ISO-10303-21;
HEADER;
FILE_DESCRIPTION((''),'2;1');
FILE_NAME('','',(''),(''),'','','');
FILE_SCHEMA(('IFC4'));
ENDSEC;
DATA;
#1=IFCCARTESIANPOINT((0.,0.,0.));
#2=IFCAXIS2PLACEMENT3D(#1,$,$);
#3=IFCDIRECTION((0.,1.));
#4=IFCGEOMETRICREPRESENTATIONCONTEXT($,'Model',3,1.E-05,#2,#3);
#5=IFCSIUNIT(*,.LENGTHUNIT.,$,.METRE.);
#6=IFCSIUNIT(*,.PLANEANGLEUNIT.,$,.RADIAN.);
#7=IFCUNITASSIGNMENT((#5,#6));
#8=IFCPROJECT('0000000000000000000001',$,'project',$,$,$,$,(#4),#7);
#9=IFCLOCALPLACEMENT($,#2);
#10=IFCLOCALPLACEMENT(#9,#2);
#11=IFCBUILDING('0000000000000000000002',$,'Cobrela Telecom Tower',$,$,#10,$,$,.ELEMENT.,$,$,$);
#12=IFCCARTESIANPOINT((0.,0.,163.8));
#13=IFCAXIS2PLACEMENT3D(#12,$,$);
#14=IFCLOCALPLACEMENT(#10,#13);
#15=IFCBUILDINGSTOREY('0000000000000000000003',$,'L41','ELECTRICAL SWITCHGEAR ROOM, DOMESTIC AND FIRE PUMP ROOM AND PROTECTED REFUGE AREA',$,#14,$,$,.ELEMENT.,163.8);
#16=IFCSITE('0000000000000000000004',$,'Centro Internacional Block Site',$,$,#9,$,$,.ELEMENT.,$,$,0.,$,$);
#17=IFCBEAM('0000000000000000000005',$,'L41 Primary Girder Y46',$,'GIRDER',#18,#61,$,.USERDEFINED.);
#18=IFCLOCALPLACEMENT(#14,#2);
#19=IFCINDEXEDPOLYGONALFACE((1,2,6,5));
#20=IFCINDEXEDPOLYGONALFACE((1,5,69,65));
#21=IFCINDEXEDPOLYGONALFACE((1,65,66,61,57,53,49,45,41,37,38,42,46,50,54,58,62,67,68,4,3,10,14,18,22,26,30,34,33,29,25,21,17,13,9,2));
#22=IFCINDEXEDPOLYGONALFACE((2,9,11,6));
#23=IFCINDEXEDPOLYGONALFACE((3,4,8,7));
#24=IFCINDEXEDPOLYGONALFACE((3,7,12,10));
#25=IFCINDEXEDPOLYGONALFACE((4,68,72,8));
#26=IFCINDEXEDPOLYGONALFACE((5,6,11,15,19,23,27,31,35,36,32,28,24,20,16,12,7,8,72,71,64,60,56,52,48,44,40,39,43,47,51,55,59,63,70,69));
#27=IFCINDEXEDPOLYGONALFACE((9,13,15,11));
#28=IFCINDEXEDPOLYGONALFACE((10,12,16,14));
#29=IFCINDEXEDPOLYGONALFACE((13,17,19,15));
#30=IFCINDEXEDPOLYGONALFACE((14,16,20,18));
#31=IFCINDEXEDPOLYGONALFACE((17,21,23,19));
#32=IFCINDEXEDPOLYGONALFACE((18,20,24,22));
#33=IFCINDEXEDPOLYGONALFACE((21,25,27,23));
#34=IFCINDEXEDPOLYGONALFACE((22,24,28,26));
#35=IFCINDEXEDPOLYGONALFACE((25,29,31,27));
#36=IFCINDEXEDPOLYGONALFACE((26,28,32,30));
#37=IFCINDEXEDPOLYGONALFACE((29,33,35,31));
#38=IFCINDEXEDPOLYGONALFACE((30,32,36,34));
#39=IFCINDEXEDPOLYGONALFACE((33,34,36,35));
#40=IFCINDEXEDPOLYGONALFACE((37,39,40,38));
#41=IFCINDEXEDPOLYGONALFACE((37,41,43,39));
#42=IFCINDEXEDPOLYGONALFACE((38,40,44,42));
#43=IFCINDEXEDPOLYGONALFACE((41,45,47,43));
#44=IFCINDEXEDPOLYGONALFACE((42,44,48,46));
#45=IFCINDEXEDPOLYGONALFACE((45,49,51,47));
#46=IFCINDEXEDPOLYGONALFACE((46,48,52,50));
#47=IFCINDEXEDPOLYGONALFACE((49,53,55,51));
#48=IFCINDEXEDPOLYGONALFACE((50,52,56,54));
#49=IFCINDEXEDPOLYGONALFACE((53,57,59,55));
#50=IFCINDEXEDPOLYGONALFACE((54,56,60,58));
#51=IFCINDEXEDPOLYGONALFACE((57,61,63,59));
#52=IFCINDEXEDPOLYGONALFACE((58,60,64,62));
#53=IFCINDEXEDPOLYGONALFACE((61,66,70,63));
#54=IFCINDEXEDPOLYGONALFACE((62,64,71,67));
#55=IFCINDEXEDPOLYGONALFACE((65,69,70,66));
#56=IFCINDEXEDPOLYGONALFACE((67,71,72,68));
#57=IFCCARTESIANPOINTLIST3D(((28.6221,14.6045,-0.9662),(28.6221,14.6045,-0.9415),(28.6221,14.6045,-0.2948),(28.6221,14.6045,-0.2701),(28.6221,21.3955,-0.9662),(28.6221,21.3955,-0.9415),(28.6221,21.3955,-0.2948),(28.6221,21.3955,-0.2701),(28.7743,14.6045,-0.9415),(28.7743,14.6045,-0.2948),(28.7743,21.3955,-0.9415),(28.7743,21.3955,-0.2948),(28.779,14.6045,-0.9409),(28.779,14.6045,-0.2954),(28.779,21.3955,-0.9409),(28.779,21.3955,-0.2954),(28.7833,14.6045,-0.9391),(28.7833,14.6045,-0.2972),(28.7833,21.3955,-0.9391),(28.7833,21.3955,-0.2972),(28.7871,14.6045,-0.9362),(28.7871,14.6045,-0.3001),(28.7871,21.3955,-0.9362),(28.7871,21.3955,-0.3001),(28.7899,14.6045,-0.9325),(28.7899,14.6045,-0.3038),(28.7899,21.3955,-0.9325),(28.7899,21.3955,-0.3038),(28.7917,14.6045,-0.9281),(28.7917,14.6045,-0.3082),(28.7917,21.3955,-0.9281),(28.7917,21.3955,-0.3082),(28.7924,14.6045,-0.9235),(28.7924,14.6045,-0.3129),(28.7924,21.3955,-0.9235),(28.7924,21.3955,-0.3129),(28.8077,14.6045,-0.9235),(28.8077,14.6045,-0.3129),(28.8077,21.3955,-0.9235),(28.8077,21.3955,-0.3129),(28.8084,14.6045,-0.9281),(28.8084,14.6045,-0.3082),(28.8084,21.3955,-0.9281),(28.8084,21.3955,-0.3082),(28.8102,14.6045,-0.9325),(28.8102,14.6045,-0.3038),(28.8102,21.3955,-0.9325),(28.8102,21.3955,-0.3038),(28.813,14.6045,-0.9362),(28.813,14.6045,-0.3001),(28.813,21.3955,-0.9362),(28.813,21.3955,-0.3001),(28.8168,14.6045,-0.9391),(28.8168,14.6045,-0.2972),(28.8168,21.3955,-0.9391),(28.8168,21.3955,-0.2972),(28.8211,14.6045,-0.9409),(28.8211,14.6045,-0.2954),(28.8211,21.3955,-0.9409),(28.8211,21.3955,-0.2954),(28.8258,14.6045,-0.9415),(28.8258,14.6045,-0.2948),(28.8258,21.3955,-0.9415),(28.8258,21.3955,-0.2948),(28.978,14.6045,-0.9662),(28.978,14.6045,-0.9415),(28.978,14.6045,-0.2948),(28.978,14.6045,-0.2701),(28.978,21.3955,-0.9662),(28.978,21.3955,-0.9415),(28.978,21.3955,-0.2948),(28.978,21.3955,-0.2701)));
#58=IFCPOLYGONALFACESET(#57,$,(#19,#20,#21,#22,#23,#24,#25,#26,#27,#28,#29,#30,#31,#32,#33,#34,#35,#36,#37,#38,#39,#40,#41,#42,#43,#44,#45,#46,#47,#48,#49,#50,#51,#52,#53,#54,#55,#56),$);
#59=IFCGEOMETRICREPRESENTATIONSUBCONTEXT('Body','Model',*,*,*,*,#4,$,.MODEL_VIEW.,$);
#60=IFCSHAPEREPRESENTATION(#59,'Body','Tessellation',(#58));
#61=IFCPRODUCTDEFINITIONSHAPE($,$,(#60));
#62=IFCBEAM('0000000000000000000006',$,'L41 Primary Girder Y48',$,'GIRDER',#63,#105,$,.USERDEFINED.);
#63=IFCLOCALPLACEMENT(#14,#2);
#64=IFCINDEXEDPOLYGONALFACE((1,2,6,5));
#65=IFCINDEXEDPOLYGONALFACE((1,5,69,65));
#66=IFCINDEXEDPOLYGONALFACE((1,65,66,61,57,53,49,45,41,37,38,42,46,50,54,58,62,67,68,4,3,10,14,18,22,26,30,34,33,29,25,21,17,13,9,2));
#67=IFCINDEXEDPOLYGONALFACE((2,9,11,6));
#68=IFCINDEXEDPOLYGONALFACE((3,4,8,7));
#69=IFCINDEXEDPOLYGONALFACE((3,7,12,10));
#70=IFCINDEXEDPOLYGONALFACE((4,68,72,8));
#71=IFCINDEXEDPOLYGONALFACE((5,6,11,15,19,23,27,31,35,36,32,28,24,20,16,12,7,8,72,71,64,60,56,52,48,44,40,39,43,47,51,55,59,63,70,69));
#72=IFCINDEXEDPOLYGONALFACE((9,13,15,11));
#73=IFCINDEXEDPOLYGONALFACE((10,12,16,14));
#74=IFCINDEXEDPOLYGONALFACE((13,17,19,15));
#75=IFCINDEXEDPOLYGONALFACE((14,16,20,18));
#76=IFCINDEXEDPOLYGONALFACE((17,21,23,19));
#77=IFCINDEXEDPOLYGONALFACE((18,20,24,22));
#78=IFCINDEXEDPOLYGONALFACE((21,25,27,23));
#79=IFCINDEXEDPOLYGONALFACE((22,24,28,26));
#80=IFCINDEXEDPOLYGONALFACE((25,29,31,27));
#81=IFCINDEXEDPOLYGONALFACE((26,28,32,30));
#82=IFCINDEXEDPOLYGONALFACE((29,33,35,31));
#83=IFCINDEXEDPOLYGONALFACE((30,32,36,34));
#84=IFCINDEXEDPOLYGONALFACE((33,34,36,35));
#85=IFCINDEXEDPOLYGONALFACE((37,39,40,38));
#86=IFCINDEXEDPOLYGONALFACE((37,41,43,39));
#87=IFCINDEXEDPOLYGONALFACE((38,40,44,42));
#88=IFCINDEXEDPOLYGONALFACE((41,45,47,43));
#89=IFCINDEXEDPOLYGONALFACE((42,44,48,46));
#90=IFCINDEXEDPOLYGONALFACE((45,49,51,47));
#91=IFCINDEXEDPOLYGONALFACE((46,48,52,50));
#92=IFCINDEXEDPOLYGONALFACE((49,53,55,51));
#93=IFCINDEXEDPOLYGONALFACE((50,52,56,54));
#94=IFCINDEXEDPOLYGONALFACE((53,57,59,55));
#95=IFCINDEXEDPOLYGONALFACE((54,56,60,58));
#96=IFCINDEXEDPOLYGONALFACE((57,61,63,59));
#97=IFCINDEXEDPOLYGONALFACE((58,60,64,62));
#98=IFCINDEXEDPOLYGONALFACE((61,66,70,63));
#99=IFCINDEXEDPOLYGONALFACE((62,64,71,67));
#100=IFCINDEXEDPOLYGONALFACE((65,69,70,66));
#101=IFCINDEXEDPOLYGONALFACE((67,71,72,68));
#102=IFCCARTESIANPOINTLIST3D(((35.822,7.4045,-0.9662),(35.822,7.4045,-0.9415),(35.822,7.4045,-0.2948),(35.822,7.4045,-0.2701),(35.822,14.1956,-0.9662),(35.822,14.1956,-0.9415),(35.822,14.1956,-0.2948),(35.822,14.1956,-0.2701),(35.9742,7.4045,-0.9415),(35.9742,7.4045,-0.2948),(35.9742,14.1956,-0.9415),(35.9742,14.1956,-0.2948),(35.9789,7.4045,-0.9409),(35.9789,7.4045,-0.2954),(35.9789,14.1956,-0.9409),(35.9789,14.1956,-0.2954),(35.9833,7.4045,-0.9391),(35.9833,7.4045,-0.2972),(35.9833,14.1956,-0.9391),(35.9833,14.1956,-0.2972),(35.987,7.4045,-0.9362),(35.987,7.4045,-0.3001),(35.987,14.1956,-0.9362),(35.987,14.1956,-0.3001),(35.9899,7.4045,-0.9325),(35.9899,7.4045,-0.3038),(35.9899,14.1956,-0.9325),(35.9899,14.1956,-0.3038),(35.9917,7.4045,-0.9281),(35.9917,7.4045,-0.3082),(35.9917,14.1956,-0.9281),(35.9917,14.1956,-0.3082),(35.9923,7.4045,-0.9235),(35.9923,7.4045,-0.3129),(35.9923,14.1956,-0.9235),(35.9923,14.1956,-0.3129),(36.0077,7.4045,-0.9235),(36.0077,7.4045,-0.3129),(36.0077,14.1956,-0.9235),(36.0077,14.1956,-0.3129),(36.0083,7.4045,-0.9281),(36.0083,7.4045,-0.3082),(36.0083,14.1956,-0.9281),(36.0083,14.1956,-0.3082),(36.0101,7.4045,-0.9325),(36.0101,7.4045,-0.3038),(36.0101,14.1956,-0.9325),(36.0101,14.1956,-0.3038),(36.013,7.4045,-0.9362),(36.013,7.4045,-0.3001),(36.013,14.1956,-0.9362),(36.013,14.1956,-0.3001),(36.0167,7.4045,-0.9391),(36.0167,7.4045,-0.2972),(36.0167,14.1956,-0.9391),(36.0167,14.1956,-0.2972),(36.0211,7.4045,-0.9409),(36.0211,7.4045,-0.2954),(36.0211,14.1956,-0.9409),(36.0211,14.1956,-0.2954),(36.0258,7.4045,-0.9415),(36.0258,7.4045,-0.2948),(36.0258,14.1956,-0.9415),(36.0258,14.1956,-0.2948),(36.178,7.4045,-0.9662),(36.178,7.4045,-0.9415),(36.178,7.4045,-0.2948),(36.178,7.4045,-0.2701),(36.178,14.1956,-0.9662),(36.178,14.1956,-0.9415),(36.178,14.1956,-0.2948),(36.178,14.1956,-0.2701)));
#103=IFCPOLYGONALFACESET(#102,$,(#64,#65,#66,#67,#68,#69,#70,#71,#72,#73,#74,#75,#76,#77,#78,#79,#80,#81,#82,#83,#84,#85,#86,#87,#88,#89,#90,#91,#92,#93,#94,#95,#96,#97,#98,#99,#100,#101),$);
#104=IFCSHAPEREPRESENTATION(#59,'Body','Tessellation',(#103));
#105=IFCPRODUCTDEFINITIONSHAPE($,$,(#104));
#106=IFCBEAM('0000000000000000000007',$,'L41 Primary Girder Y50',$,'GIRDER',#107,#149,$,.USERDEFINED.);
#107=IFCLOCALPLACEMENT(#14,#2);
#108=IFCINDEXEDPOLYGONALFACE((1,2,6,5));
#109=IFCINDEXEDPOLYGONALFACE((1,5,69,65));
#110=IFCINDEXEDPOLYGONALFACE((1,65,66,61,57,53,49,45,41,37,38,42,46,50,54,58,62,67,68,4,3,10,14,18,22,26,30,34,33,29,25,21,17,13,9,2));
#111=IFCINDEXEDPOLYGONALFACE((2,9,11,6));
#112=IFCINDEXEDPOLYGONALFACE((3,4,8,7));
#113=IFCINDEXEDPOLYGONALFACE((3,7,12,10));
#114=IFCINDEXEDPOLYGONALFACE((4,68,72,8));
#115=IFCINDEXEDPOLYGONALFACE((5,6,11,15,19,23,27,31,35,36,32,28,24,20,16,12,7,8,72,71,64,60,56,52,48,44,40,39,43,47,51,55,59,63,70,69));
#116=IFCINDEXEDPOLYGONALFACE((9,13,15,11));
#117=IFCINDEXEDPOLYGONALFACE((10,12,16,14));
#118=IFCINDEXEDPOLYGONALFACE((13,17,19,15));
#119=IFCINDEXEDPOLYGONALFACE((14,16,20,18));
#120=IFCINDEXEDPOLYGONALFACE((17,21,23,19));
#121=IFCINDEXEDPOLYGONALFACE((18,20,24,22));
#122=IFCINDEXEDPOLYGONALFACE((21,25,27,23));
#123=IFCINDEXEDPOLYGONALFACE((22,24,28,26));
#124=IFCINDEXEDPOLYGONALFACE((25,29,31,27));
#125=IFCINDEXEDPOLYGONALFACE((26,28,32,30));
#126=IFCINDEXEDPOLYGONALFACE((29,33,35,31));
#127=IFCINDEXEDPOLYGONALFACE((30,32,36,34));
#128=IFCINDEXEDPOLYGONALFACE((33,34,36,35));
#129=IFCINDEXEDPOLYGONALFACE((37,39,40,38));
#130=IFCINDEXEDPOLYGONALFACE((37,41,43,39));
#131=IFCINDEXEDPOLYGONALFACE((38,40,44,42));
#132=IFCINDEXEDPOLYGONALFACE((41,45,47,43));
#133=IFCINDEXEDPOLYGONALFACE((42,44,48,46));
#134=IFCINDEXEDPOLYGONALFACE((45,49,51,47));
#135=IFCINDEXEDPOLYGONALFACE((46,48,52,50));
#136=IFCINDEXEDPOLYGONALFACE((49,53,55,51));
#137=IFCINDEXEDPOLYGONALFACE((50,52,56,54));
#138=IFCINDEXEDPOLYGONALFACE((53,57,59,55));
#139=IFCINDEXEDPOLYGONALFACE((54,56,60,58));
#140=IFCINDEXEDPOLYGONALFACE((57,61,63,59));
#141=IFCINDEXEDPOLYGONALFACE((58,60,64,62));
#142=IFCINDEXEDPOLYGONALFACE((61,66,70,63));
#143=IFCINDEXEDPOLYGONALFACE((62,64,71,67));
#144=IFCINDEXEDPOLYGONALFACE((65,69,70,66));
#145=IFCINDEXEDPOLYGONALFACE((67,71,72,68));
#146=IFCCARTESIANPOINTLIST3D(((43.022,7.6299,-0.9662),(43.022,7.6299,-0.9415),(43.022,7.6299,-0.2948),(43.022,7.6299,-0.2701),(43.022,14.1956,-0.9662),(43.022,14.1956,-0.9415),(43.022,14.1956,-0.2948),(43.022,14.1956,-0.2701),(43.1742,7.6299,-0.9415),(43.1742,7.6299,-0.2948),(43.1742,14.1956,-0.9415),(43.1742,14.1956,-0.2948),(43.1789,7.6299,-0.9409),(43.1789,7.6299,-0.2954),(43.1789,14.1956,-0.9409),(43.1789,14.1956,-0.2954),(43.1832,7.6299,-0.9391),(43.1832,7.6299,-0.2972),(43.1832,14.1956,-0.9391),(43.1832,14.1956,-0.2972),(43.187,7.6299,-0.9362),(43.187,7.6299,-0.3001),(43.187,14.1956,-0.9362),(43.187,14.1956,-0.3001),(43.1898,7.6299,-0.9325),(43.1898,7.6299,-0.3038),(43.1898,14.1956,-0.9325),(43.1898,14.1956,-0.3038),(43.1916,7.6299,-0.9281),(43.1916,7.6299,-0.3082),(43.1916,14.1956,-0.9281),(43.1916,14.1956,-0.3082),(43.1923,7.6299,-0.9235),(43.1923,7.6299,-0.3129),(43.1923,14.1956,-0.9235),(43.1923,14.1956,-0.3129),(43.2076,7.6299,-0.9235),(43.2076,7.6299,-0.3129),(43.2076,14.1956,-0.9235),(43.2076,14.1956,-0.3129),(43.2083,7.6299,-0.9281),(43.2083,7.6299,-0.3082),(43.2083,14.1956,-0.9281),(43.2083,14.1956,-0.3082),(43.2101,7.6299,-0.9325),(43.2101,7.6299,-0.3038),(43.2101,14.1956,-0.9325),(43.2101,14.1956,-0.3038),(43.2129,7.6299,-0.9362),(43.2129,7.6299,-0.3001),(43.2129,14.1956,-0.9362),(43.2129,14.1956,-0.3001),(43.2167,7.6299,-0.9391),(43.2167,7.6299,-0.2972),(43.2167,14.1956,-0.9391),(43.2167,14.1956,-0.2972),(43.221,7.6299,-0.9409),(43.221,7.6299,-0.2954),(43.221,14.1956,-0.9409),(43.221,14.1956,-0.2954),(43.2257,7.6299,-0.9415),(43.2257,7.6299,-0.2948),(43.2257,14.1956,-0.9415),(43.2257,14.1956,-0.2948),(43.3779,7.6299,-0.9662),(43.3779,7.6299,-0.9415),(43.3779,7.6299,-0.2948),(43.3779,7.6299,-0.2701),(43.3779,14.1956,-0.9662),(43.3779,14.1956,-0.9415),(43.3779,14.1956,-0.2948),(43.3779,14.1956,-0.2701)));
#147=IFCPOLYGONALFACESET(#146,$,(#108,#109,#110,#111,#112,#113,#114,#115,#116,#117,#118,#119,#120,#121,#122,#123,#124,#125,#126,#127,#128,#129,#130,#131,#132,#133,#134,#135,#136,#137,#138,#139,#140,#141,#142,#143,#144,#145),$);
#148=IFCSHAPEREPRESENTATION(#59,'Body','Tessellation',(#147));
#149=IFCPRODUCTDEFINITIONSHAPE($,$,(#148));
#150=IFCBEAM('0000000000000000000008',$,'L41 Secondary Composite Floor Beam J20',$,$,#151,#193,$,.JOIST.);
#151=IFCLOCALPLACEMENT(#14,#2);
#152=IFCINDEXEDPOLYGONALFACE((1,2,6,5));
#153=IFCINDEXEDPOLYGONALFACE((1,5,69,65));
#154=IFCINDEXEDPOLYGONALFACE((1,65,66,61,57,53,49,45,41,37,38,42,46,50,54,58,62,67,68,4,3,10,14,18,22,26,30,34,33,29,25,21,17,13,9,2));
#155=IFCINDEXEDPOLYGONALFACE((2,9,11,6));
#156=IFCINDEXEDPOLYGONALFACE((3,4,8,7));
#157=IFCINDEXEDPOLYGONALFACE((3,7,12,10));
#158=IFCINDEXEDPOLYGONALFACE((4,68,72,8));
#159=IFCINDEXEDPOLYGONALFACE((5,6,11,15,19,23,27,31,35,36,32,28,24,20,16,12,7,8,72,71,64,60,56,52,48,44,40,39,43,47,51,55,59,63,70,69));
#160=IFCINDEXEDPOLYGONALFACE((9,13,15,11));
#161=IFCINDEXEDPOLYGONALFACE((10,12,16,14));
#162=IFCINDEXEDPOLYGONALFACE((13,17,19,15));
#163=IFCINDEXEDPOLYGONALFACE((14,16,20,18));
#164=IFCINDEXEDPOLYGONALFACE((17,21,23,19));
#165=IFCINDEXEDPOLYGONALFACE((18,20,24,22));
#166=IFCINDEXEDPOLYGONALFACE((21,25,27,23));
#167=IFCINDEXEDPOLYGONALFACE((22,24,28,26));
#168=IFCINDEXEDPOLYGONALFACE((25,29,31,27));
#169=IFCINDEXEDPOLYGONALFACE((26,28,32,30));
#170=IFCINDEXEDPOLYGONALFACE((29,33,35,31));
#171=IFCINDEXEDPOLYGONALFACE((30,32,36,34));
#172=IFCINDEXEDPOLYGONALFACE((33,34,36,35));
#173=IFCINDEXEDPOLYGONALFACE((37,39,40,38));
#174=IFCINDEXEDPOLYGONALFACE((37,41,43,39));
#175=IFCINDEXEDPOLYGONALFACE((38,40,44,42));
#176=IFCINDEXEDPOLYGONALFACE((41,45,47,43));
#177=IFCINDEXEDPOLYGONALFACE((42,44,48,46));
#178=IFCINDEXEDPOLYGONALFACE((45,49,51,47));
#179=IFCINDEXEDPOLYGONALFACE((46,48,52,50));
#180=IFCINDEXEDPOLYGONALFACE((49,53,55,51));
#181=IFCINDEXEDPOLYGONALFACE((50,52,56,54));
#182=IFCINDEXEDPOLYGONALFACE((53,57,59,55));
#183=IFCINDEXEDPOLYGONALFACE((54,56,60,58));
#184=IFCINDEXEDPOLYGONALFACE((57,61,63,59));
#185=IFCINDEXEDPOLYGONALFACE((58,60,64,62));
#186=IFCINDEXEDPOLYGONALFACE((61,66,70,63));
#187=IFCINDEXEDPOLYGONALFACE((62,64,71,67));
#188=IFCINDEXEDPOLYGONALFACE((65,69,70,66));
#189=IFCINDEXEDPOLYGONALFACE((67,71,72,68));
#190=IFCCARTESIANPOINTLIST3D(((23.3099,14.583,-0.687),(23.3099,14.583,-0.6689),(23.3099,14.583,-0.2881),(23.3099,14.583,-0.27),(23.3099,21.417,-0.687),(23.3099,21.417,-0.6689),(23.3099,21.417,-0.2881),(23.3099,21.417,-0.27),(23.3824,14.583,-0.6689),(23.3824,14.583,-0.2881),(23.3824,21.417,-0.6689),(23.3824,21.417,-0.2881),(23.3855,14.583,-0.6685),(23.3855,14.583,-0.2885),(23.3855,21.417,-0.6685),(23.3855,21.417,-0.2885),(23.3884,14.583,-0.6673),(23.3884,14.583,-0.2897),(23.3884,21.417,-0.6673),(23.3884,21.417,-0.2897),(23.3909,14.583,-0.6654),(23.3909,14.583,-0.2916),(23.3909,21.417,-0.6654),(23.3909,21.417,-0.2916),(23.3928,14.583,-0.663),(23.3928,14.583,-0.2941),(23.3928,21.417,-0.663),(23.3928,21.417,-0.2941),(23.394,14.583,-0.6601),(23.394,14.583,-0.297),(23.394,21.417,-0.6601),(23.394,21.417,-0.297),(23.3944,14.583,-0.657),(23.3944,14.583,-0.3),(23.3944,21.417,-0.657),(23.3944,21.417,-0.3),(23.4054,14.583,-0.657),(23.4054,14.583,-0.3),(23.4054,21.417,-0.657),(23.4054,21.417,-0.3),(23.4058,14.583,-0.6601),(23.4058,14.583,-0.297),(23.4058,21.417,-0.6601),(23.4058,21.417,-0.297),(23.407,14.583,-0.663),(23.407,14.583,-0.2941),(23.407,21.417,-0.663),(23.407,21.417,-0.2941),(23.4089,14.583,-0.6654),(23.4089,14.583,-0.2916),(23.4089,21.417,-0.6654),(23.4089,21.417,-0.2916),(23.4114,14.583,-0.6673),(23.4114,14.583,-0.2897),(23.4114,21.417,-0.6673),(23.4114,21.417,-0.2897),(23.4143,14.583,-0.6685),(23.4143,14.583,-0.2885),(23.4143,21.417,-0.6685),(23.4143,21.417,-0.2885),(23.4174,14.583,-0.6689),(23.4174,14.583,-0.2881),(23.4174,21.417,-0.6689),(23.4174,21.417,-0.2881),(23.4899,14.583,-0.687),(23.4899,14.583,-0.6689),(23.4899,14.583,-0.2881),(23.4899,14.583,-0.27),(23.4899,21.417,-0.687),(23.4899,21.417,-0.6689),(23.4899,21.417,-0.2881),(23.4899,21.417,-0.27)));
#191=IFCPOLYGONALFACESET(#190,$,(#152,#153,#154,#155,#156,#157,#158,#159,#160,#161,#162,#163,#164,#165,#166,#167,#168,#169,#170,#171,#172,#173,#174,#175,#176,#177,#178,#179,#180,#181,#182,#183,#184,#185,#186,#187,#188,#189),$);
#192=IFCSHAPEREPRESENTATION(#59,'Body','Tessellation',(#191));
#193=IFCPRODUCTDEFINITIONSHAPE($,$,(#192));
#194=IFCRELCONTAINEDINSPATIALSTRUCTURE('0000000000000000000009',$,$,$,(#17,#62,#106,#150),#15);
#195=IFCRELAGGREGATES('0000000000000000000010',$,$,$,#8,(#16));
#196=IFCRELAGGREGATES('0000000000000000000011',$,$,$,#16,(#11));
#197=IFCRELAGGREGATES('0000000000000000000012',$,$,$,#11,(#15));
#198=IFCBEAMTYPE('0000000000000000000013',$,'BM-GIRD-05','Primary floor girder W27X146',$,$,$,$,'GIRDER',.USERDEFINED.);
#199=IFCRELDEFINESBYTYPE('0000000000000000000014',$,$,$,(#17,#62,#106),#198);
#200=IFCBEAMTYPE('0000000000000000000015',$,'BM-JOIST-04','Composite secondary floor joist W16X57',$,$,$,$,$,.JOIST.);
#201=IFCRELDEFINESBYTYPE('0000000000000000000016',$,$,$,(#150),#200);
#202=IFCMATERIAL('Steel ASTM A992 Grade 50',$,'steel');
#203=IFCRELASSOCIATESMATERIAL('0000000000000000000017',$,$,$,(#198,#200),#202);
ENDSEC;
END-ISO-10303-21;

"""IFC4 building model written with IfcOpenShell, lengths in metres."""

from ifc_helpers import new_model, si_unit, direction, frame, origin, origin_2d, place, context, subcontext, project, spatial, i_section, extrude, material, material_profile, profile_set, type_object, element, save


model = new_model("IFC4")

# Units and contexts
model_context = context("Model", 3, precision=1e-05, world=origin(), true_north=direction((0.0, 1.0)))
body_context = subcontext(model_context, "Body", "Model", "MODEL_VIEW")
ifc_project = project(units=[si_unit("LENGTHUNIT", "METRE"), si_unit("PLANEANGLEUNIT", "RADIAN")], contexts=[model_context])

# Site, building, storey
site_placement = place(None, origin())
site = spatial("IfcSite", under=ifc_project, at=site_placement, Name="Centro Internacional Block Site", CompositionType="ELEMENT", RefElevation=0.0)
building_placement = place(site_placement, origin())
building = spatial("IfcBuilding", under=site, at=building_placement, Name="Cobrela Telecom Tower", CompositionType="ELEMENT")
storey_placement = place(building_placement, frame((0.0, 0.0, 163.8)))
storey = spatial("IfcBuildingStorey", under=building, at=storey_placement, Name="L41", Description="ELECTRICAL SWITCHGEAR ROOM, DOMESTIC AND FIRE PUMP ROOM AND PROTECTED REFUGE AREA", CompositionType="ELEMENT", Elevation=163.8)

# Shared definitions
ifc_material_1 = material(Name="Steel ASTM A992 Grade 50", Category="steel")

# Beams
ifc_material_profile_1 = material_profile(ifc_material_1, i_section(OverallWidth=0.356, OverallDepth=0.696, WebThickness=0.0154, FlangeThickness=0.0247, FilletRadius=0.0181, at=origin_2d()), Name="W27X146")
ifc_profile_set_1 = profile_set([ifc_material_profile_1], Name="Steel ASTM A992 Grade 50")
beam_type_1 = type_object("IfcBeamType", Name="BM-GIRD-05", Description="Primary floor girder W27X146", ElementType="GIRDER", PredefinedType="USERDEFINED", material=ifc_profile_set_1)
for number, where, z_axis, x_axis, name in (
    (1, (28.8, 14.6045, -0.6182), (0.0, 1.0, 0.0), (-1.0, 0.0, 0.0), "L41 Primary Girder Y46"),
    (2, (36.0, 7.4045, -0.6182), (0.0, 1.0, 0.0), (-1.0, 0.0, 0.0), "L41 Primary Girder Y48"),
):
    element("IfcBeam", number, at=place(storey_placement, frame(where, z_axis=z_axis, x_axis=x_axis)), inside=storey, type_object=beam_type_1, Name=name, ObjectType="GIRDER", PredefinedType="USERDEFINED", context=body_context, shape_type="SweptSolid", body=[
        extrude(i_section(OverallWidth=0.356, OverallDepth=0.696, WebThickness=0.0154, FlangeThickness=0.0247, FilletRadius=0.0181, at=origin_2d()), origin(), (0.0, 0.0, 1.0), 6.791),
    ])
beam_1_placement = place(storey_placement, frame((43.2, 7.6299, -0.6182), z_axis=(0.0, 1.0, 0.0), x_axis=(-1.0, 0.0, 0.0)))
element("IfcBeam", 3, at=beam_1_placement, inside=storey, type_object=beam_type_1, Name="L41 Primary Girder Y50", ObjectType="GIRDER", PredefinedType="USERDEFINED", context=body_context, shape_type="SweptSolid", body=[
    extrude(i_section(OverallWidth=0.356, OverallDepth=0.696, WebThickness=0.0154, FlangeThickness=0.0247, FilletRadius=0.0181, at=origin_2d()), origin(), (0.0, 0.0, 1.0), 6.5657),
])
ifc_material_profile_2 = material_profile(ifc_material_1, i_section(OverallWidth=0.1799, OverallDepth=0.417, WebThickness=0.011, FlangeThickness=0.0181, FilletRadius=0.012, at=origin_2d()), Name="W16X57")
ifc_profile_set_2 = profile_set([ifc_material_profile_2], Name="Steel ASTM A992 Grade 50")
beam_type_2 = type_object("IfcBeamType", Name="BM-JOIST-04", Description="Composite secondary floor joist W16X57", PredefinedType="JOIST", material=ifc_profile_set_2)
for number, where, z_axis, x_axis, name in (
    (4, (23.3999, 14.583, -0.4785), (0.0, 1.0, 0.0), (-1.0, 0.0, 0.0), "L41 Secondary Composite Floor Beam J20"),
):
    element("IfcBeam", number, at=place(storey_placement, frame(where, z_axis=z_axis, x_axis=x_axis)), inside=storey, type_object=beam_type_2, Name=name, PredefinedType="JOIST", context=body_context, shape_type="SweptSolid", body=[
        extrude(i_section(OverallWidth=0.1799, OverallDepth=0.417, WebThickness=0.011, FlangeThickness=0.0181, FilletRadius=0.012, at=origin_2d()), origin(), (0.0, 0.0, 1.0), 6.834),
    ])

save(model, "model.ifc")
